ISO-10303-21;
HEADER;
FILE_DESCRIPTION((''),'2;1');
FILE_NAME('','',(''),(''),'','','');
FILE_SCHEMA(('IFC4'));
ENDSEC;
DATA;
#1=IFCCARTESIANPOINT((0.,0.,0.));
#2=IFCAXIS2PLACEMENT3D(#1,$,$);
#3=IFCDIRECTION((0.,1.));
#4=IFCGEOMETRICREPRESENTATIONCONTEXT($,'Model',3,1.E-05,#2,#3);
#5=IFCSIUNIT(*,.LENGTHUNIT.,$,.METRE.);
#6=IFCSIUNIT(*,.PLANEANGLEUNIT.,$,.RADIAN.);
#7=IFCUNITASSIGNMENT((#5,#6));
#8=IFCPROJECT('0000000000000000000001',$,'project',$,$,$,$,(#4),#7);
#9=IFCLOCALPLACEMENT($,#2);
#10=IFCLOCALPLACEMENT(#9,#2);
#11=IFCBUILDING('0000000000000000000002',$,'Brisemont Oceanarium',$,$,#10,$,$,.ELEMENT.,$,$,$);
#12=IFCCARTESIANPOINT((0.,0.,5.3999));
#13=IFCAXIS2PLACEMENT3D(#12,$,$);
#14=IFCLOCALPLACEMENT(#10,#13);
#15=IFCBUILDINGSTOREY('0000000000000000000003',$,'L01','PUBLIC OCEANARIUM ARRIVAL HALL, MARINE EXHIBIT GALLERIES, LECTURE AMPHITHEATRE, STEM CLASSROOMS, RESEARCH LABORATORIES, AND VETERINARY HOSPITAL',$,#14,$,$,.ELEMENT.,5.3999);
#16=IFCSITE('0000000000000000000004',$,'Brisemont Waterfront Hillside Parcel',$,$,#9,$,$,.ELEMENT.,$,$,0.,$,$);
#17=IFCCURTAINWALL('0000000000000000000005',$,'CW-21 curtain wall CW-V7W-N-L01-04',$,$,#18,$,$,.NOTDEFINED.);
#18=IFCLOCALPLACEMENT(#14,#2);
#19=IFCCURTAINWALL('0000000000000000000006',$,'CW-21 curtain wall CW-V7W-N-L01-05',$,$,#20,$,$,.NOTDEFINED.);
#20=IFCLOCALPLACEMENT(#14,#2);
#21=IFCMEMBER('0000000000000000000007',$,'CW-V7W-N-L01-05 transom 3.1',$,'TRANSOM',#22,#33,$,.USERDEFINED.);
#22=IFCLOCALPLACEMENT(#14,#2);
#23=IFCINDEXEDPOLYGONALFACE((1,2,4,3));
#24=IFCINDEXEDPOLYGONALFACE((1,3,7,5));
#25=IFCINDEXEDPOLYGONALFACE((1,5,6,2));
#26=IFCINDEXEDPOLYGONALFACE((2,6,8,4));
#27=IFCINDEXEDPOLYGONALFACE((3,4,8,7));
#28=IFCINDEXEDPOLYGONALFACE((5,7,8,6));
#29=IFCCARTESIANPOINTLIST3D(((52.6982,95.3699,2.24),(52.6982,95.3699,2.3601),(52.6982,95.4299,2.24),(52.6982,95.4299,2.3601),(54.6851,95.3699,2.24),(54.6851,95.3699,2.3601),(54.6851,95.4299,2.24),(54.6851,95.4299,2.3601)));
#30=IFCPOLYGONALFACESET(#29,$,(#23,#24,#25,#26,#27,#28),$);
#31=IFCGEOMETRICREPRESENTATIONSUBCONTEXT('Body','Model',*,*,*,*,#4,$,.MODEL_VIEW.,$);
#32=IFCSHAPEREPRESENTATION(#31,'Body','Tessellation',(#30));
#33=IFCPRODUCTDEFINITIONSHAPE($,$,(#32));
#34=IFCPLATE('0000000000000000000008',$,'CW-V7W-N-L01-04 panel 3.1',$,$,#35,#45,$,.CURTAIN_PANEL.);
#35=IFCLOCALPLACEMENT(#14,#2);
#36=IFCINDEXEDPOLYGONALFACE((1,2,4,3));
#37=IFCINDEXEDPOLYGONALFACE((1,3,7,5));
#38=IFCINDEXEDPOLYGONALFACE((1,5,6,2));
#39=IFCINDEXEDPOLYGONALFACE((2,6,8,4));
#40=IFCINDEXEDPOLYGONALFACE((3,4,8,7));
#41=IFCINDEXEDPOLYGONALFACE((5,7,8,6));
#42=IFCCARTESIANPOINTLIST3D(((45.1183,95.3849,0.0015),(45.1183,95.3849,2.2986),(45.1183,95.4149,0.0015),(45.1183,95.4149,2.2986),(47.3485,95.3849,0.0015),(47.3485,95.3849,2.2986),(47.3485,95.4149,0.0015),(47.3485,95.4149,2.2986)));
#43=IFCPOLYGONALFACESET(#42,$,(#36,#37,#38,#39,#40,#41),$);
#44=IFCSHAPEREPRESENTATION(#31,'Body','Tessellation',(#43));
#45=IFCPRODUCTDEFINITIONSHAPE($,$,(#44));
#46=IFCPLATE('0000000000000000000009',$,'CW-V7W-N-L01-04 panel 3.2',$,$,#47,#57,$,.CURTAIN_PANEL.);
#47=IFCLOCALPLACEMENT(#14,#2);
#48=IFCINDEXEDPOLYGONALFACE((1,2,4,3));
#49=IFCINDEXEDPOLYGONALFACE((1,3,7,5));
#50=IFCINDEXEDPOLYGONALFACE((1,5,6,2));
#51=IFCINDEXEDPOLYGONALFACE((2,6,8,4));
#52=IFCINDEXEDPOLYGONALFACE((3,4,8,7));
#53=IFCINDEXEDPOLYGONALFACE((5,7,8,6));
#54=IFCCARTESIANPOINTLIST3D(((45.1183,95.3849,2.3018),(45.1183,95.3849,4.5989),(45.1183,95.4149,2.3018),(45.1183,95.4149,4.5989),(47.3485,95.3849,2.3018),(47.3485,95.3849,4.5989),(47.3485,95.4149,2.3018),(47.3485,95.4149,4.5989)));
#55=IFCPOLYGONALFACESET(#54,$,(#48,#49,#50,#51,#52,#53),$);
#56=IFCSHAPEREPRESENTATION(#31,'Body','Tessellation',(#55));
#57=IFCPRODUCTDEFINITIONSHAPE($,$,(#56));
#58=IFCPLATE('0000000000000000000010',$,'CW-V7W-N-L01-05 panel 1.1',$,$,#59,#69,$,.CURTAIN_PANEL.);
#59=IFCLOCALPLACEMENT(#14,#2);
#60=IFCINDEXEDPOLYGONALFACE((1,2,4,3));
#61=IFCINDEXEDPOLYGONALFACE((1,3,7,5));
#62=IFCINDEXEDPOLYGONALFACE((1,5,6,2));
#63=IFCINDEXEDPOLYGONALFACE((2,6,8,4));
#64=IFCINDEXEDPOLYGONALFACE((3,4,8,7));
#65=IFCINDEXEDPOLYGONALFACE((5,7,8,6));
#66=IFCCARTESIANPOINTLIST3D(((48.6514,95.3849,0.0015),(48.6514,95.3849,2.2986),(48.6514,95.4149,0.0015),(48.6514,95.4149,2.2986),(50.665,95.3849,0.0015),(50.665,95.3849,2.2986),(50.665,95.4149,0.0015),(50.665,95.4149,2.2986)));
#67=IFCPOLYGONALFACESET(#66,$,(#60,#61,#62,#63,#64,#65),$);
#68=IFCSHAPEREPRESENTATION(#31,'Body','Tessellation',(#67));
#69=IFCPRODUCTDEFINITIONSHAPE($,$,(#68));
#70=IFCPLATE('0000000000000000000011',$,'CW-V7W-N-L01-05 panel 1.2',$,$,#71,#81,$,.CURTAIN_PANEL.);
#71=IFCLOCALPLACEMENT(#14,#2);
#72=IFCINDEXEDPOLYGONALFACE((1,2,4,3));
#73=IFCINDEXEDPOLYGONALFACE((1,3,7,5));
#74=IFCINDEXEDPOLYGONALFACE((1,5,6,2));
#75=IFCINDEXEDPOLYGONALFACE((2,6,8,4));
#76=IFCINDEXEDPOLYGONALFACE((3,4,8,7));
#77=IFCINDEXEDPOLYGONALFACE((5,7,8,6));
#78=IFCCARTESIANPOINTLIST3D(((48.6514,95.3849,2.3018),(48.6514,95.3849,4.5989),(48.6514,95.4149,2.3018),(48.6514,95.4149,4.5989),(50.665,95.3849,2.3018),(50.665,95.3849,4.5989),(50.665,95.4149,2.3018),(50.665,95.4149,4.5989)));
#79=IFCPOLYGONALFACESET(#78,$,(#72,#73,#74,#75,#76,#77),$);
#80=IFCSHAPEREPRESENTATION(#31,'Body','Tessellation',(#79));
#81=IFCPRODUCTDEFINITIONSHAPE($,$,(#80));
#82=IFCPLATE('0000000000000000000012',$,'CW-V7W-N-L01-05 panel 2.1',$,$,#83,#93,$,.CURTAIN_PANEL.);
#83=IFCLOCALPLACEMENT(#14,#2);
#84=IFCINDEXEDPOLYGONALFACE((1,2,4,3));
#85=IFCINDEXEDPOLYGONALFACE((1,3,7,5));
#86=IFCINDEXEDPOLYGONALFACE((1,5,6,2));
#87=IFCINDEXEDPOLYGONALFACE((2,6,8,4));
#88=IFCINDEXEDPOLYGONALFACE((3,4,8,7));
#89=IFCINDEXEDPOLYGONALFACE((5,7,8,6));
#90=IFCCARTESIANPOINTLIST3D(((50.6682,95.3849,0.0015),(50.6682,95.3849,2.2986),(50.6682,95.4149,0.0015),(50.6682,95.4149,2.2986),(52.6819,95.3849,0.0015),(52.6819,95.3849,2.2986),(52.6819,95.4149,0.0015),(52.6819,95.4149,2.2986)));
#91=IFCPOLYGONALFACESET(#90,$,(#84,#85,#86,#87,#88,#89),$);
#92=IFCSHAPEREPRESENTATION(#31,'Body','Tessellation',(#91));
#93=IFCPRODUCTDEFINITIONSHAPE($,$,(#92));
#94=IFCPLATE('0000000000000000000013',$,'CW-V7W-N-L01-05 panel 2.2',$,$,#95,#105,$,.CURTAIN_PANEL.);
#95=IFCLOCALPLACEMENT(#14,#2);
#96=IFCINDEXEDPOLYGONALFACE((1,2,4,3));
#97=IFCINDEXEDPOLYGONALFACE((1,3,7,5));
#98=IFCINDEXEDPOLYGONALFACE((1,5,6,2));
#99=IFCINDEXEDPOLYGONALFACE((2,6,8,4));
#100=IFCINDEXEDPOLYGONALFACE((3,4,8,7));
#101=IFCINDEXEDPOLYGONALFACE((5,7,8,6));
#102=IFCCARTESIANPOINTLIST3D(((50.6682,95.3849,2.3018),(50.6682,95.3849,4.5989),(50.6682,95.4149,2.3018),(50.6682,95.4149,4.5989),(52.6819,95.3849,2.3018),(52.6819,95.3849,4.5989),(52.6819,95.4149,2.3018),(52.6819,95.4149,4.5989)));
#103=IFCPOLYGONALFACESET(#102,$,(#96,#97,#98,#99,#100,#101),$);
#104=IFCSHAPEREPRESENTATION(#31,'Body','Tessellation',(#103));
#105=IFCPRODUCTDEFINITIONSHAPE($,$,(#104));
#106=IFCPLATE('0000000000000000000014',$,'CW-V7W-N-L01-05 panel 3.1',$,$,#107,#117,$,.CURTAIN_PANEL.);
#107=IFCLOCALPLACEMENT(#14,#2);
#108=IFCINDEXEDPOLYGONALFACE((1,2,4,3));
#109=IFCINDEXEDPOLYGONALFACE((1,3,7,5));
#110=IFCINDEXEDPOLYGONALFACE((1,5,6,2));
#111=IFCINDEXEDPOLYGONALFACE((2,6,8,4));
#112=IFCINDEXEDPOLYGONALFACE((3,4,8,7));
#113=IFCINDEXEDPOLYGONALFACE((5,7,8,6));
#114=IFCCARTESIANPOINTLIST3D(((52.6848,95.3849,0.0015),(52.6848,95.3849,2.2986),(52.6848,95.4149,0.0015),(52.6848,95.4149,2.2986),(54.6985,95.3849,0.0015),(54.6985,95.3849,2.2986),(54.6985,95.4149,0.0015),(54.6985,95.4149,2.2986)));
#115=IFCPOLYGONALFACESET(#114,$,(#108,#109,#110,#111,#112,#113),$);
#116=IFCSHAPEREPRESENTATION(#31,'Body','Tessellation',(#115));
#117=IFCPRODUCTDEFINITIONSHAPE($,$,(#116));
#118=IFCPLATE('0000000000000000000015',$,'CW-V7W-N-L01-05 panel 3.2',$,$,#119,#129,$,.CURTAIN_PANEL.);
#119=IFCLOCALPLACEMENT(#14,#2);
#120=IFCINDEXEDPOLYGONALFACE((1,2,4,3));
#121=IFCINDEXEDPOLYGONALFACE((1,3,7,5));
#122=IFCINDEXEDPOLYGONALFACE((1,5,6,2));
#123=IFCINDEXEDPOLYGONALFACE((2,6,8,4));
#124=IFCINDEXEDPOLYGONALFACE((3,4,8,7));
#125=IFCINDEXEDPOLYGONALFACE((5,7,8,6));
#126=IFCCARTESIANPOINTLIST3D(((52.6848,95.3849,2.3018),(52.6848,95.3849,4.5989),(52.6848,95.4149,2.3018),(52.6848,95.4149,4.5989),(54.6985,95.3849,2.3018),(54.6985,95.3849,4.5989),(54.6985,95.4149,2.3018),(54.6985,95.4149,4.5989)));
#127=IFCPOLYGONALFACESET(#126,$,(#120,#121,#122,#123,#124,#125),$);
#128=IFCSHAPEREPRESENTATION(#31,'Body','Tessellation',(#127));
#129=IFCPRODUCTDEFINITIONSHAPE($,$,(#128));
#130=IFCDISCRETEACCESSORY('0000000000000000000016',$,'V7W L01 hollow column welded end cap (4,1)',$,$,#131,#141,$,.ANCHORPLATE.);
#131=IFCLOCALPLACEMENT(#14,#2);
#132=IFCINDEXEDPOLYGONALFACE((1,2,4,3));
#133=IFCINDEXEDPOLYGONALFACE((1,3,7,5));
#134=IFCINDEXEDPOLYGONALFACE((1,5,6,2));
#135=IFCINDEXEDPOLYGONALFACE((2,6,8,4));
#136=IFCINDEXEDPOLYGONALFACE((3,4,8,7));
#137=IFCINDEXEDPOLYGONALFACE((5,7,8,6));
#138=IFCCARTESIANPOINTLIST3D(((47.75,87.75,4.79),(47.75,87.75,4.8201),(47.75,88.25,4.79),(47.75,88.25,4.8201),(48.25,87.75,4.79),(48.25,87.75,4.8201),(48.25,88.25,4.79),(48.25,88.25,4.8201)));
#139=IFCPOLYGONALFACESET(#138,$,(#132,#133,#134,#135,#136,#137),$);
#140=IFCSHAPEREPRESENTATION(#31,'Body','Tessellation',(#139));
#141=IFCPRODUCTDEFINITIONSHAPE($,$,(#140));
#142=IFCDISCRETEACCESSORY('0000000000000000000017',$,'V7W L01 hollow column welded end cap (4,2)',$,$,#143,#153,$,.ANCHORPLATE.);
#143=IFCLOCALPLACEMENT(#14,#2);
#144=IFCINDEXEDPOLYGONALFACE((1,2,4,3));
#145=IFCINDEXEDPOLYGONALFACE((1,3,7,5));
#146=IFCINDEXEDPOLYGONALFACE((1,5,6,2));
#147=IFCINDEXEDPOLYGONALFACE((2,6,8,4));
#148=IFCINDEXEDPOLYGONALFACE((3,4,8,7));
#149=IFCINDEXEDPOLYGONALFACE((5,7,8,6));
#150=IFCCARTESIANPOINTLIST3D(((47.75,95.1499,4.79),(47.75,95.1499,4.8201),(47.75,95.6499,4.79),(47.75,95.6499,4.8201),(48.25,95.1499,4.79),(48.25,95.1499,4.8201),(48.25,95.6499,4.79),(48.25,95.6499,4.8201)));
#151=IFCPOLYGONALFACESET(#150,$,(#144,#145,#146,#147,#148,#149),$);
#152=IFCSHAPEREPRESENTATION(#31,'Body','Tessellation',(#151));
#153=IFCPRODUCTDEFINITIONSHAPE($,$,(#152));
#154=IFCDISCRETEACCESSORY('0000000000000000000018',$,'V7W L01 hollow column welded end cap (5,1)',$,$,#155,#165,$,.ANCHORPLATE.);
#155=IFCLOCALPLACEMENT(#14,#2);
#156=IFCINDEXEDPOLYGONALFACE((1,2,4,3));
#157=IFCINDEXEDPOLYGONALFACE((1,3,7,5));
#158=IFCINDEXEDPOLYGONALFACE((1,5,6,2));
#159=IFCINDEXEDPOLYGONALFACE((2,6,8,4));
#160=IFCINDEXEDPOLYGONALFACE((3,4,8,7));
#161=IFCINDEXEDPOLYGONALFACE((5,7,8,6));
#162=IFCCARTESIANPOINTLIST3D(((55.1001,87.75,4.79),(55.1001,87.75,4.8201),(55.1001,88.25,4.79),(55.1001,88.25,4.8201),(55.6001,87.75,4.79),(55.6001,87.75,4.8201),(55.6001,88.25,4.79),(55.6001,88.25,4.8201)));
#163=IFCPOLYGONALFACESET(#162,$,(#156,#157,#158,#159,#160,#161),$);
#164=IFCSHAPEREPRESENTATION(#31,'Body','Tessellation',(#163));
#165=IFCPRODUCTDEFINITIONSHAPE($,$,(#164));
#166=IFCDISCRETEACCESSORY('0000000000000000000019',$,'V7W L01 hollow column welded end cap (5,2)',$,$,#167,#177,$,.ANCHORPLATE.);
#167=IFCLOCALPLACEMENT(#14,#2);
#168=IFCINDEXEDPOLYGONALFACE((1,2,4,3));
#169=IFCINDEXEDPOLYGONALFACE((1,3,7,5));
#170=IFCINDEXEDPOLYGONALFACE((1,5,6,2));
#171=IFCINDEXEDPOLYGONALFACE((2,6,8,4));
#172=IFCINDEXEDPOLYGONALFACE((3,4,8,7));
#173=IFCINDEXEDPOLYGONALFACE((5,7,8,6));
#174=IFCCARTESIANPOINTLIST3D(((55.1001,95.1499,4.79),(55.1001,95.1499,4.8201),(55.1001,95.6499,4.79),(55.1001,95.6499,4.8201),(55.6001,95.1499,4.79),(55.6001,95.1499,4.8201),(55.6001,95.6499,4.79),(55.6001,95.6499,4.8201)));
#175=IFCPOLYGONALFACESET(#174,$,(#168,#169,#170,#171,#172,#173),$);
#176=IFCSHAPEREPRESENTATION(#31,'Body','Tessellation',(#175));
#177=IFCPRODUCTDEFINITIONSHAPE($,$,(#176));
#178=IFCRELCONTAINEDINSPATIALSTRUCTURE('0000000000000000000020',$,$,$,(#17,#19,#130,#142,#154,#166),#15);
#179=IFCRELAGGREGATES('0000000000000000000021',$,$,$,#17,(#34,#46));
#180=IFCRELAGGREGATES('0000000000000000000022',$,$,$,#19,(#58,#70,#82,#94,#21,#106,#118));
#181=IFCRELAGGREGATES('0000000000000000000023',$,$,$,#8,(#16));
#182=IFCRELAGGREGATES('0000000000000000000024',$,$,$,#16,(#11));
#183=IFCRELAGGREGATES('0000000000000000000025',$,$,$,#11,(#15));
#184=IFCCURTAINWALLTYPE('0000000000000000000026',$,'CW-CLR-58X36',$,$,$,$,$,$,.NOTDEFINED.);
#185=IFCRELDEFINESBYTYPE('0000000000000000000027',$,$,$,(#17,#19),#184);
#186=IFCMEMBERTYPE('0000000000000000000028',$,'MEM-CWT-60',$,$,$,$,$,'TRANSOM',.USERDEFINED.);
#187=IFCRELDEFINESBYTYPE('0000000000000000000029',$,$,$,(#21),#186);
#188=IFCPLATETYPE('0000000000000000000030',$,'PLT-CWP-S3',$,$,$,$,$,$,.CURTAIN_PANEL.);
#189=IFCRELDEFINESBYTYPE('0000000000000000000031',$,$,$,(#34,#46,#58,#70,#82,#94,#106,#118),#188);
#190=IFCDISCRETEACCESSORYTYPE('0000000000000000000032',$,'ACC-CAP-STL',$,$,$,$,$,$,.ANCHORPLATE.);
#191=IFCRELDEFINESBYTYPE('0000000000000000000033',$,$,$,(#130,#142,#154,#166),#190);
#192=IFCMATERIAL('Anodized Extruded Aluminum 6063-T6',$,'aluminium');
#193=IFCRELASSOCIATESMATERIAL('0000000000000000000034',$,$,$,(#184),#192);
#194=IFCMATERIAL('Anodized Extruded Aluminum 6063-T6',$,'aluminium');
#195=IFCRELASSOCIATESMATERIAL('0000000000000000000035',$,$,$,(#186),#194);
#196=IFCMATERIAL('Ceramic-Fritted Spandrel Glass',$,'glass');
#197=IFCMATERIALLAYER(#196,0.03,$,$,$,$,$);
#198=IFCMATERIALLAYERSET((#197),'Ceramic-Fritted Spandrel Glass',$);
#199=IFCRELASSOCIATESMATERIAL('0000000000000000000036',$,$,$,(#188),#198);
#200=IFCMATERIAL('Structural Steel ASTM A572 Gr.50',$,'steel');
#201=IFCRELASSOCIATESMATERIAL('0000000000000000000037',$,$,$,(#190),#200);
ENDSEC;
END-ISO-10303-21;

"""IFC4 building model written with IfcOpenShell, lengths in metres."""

from ifc_helpers import new_model, si_unit, direction, frame, origin, origin_2d, place, context, subcontext, project, spatial, rectangle, extrude, material, layer, layer_set, material_profile, profile_set, type_object, element, aggregate, save


model = new_model("IFC4")

# Units and contexts
model_context = context("Model", 3, precision=1e-05, world=origin(), true_north=direction((0.0, 1.0)))
body_context = subcontext(model_context, "Body", "Model", "MODEL_VIEW")
ifc_project = project(units=[si_unit("LENGTHUNIT", "METRE"), si_unit("PLANEANGLEUNIT", "RADIAN")], contexts=[model_context])

# Site, building, storey
site_placement = place(None, origin())
site = spatial("IfcSite", under=ifc_project, at=site_placement, Name="Brisemont Waterfront Hillside Parcel", CompositionType="ELEMENT", RefElevation=0.0)
building_placement = place(site_placement, origin())
building = spatial("IfcBuilding", under=site, at=building_placement, Name="Brisemont Oceanarium", CompositionType="ELEMENT")
storey_placement = place(building_placement, frame((0.0, 0.0, 5.3999)))
storey = spatial("IfcBuildingStorey", under=building, at=storey_placement, Name="L01", Description="PUBLIC OCEANARIUM ARRIVAL HALL, MARINE EXHIBIT GALLERIES, LECTURE AMPHITHEATRE, STEM CLASSROOMS, RESEARCH LABORATORIES, AND VETERINARY HOSPITAL", CompositionType="ELEMENT", Elevation=5.3999)

# Curtain wall
ifc_material_1 = material(Name="Anodized Extruded Aluminum 6063-T6", Category="aluminium")
curtain_wall_type = type_object("IfcCurtainWallType", Name="CW-CLR-58X36", PredefinedType="NOTDEFINED", material=ifc_material_1)
curtain_wall_1_placement = place(storey_placement, origin())
curtain_wall_1 = element("IfcCurtainWall", 1, at=curtain_wall_1_placement, inside=storey, type_object=curtain_wall_type, Name="CW-21 curtain wall CW-V7W-N-L01-04", PredefinedType="NOTDEFINED")

# Curtain wall, member
curtain_wall_2_placement = place(storey_placement, origin())
curtain_wall_2 = element("IfcCurtainWall", 2, at=curtain_wall_2_placement, inside=storey, type_object=curtain_wall_type, Name="CW-21 curtain wall CW-V7W-N-L01-05", PredefinedType="NOTDEFINED")
ifc_material_2 = material(Name="Anodized Extruded Aluminum 6063-T6", Category="aluminium")
ifc_material_profile_1 = material_profile(ifc_material_2, rectangle(XDim=0.0601, YDim=0.1201, at=origin_2d()), Name="CWT-60X120")
ifc_profile_set_1 = profile_set([ifc_material_profile_1], Name="Anodized Extruded Aluminum 6063-T6")
member_type_1 = type_object("IfcMemberType", Name="MEM-CWT-60", ElementType="TRANSOM", PredefinedType="USERDEFINED", material=ifc_profile_set_1)
member_1_placement = place(storey_placement, frame((52.6982, 95.3999, 2.3), z_axis=(1.0, 0.0, 0.0), x_axis=(0.0, 1.0, 0.0)))
member_1 = element("IfcMember", 3, at=member_1_placement, type_object=member_type_1, Name="CW-V7W-N-L01-05 transom 3.1", ObjectType="TRANSOM", PredefinedType="USERDEFINED", context=body_context, shape_type="SweptSolid", body=[
    extrude(rectangle(XDim=0.0601, YDim=0.1201, at=origin_2d()), origin(), (0.0, 0.0, 1.0), 1.9868),
])

# Plates
ifc_material_3 = material(Name="Ceramic-Fritted Spandrel Glass", Category="glass")
ifc_layer = layer(ifc_material_3, 0.03)
ifc_layer_set = layer_set([ifc_layer], Name="Ceramic-Fritted Spandrel Glass")
plate_type = type_object("IfcPlateType", Name="PLT-CWP-S3", PredefinedType="CURTAIN_PANEL", material=ifc_layer_set)
plate_1_placement = place(storey_placement, frame((46.2334, 95.3999, 0.0015), z_axis=(0.0, 0.0, 1.0), x_axis=(1.0, 0.0, 0.0)))
plate_1 = element("IfcPlate", 4, at=plate_1_placement, type_object=plate_type, Name="CW-V7W-N-L01-04 panel 3.1", PredefinedType="CURTAIN_PANEL", context=body_context, shape_type="SweptSolid", body=[
    extrude(rectangle(XDim=2.2302, YDim=0.03, at=origin_2d()), origin(), (0.0, 0.0, 1.0), 2.2971),
])
plate_2_placement = place(storey_placement, frame((46.2334, 95.3999, 2.3018), z_axis=(0.0, 0.0, 1.0), x_axis=(1.0, 0.0, 0.0)))
plate_2 = element("IfcPlate", 5, at=plate_2_placement, type_object=plate_type, Name="CW-V7W-N-L01-04 panel 3.2", PredefinedType="CURTAIN_PANEL", context=body_context, shape_type="SweptSolid", body=[
    extrude(rectangle(XDim=2.2302, YDim=0.03, at=origin_2d()), origin(), (0.0, 0.0, 1.0), 2.2971),
])
aggregate(curtain_wall_1, [plate_1, plate_2])
plate_3_placement = place(storey_placement, frame((49.6582, 95.3999, 0.0015), z_axis=(0.0, 0.0, 1.0), x_axis=(1.0, 0.0, 0.0)))
plate_3 = element("IfcPlate", 6, at=plate_3_placement, type_object=plate_type, Name="CW-V7W-N-L01-05 panel 1.1", PredefinedType="CURTAIN_PANEL", context=body_context, shape_type="SweptSolid", body=[
    extrude(rectangle(XDim=2.0137, YDim=0.03, at=origin_2d()), origin(), (0.0, 0.0, 1.0), 2.2971),
])
plate_4_placement = place(storey_placement, frame((49.6582, 95.3999, 2.3018), z_axis=(0.0, 0.0, 1.0), x_axis=(1.0, 0.0, 0.0)))
plate_4 = element("IfcPlate", 7, at=plate_4_placement, type_object=plate_type, Name="CW-V7W-N-L01-05 panel 1.2", PredefinedType="CURTAIN_PANEL", context=body_context, shape_type="SweptSolid", body=[
    extrude(rectangle(XDim=2.0137, YDim=0.03, at=origin_2d()), origin(), (0.0, 0.0, 1.0), 2.2971),
])
plate_5_placement = place(storey_placement, frame((51.675, 95.3999, 0.0015), z_axis=(0.0, 0.0, 1.0), x_axis=(1.0, 0.0, 0.0)))
plate_5 = element("IfcPlate", 8, at=plate_5_placement, type_object=plate_type, Name="CW-V7W-N-L01-05 panel 2.1", PredefinedType="CURTAIN_PANEL", context=body_context, shape_type="SweptSolid", body=[
    extrude(rectangle(XDim=2.0137, YDim=0.03, at=origin_2d()), origin(), (0.0, 0.0, 1.0), 2.2971),
])
plate_6_placement = place(storey_placement, frame((51.675, 95.3999, 2.3018), z_axis=(0.0, 0.0, 1.0), x_axis=(1.0, 0.0, 0.0)))
plate_6 = element("IfcPlate", 9, at=plate_6_placement, type_object=plate_type, Name="CW-V7W-N-L01-05 panel 2.2", PredefinedType="CURTAIN_PANEL", context=body_context, shape_type="SweptSolid", body=[
    extrude(rectangle(XDim=2.0137, YDim=0.03, at=origin_2d()), origin(), (0.0, 0.0, 1.0), 2.2971),
])
plate_7_placement = place(storey_placement, frame((53.6917, 95.3999, 0.0015), z_axis=(0.0, 0.0, 1.0), x_axis=(1.0, 0.0, 0.0)))
plate_7 = element("IfcPlate", 10, at=plate_7_placement, type_object=plate_type, Name="CW-V7W-N-L01-05 panel 3.1", PredefinedType="CURTAIN_PANEL", context=body_context, shape_type="SweptSolid", body=[
    extrude(rectangle(XDim=2.0137, YDim=0.03, at=origin_2d()), origin(), (0.0, 0.0, 1.0), 2.2971),
])
plate_8_placement = place(storey_placement, frame((53.6917, 95.3999, 2.3018), z_axis=(0.0, 0.0, 1.0), x_axis=(1.0, 0.0, 0.0)))
plate_8 = element("IfcPlate", 11, at=plate_8_placement, type_object=plate_type, Name="CW-V7W-N-L01-05 panel 3.2", PredefinedType="CURTAIN_PANEL", context=body_context, shape_type="SweptSolid", body=[
    extrude(rectangle(XDim=2.0137, YDim=0.03, at=origin_2d()), origin(), (0.0, 0.0, 1.0), 2.2971),
])
aggregate(curtain_wall_2, [plate_3, plate_4, plate_5, plate_6, member_1, plate_7, plate_8])

# Discrete accessories
ifc_material_4 = material(Name="Structural Steel ASTM A572 Gr.50", Category="steel")
discrete_accessory_type = type_object("IfcDiscreteAccessoryType", Name="ACC-CAP-STL", PredefinedType="ANCHORPLATE", material=ifc_material_4)
for number, where, z_axis, x_axis, name in (
    (12, (48.0, 88.0, 4.79), (0.0, 0.0, 1.0), (1.0, 0.0, 0.0), "V7W L01 hollow column welded end cap (4,1)"),
    (13, (48.0, 95.3999, 4.79), (0.0, 0.0, 1.0), (1.0, 0.0, 0.0), "V7W L01 hollow column welded end cap (4,2)"),
    (14, (55.3501, 88.0, 4.79), (0.0, 0.0, 1.0), (1.0, 0.0, 0.0), "V7W L01 hollow column welded end cap (5,1)"),
    (15, (55.3501, 95.3999, 4.79), (0.0, 0.0, 1.0), (1.0, 0.0, 0.0), "V7W L01 hollow column welded end cap (5,2)"),
):
    element("IfcDiscreteAccessory", number, at=place(storey_placement, frame(where, z_axis=z_axis, x_axis=x_axis)), inside=storey, type_object=discrete_accessory_type, Name=name, PredefinedType="ANCHORPLATE", context=body_context, shape_type="SweptSolid", body=[
        extrude(rectangle(XDim=0.5, YDim=0.5, at=origin_2d()), origin(), (0.0, 0.0, 1.0), 0.03),
    ])

save(model, "model.ifc")
